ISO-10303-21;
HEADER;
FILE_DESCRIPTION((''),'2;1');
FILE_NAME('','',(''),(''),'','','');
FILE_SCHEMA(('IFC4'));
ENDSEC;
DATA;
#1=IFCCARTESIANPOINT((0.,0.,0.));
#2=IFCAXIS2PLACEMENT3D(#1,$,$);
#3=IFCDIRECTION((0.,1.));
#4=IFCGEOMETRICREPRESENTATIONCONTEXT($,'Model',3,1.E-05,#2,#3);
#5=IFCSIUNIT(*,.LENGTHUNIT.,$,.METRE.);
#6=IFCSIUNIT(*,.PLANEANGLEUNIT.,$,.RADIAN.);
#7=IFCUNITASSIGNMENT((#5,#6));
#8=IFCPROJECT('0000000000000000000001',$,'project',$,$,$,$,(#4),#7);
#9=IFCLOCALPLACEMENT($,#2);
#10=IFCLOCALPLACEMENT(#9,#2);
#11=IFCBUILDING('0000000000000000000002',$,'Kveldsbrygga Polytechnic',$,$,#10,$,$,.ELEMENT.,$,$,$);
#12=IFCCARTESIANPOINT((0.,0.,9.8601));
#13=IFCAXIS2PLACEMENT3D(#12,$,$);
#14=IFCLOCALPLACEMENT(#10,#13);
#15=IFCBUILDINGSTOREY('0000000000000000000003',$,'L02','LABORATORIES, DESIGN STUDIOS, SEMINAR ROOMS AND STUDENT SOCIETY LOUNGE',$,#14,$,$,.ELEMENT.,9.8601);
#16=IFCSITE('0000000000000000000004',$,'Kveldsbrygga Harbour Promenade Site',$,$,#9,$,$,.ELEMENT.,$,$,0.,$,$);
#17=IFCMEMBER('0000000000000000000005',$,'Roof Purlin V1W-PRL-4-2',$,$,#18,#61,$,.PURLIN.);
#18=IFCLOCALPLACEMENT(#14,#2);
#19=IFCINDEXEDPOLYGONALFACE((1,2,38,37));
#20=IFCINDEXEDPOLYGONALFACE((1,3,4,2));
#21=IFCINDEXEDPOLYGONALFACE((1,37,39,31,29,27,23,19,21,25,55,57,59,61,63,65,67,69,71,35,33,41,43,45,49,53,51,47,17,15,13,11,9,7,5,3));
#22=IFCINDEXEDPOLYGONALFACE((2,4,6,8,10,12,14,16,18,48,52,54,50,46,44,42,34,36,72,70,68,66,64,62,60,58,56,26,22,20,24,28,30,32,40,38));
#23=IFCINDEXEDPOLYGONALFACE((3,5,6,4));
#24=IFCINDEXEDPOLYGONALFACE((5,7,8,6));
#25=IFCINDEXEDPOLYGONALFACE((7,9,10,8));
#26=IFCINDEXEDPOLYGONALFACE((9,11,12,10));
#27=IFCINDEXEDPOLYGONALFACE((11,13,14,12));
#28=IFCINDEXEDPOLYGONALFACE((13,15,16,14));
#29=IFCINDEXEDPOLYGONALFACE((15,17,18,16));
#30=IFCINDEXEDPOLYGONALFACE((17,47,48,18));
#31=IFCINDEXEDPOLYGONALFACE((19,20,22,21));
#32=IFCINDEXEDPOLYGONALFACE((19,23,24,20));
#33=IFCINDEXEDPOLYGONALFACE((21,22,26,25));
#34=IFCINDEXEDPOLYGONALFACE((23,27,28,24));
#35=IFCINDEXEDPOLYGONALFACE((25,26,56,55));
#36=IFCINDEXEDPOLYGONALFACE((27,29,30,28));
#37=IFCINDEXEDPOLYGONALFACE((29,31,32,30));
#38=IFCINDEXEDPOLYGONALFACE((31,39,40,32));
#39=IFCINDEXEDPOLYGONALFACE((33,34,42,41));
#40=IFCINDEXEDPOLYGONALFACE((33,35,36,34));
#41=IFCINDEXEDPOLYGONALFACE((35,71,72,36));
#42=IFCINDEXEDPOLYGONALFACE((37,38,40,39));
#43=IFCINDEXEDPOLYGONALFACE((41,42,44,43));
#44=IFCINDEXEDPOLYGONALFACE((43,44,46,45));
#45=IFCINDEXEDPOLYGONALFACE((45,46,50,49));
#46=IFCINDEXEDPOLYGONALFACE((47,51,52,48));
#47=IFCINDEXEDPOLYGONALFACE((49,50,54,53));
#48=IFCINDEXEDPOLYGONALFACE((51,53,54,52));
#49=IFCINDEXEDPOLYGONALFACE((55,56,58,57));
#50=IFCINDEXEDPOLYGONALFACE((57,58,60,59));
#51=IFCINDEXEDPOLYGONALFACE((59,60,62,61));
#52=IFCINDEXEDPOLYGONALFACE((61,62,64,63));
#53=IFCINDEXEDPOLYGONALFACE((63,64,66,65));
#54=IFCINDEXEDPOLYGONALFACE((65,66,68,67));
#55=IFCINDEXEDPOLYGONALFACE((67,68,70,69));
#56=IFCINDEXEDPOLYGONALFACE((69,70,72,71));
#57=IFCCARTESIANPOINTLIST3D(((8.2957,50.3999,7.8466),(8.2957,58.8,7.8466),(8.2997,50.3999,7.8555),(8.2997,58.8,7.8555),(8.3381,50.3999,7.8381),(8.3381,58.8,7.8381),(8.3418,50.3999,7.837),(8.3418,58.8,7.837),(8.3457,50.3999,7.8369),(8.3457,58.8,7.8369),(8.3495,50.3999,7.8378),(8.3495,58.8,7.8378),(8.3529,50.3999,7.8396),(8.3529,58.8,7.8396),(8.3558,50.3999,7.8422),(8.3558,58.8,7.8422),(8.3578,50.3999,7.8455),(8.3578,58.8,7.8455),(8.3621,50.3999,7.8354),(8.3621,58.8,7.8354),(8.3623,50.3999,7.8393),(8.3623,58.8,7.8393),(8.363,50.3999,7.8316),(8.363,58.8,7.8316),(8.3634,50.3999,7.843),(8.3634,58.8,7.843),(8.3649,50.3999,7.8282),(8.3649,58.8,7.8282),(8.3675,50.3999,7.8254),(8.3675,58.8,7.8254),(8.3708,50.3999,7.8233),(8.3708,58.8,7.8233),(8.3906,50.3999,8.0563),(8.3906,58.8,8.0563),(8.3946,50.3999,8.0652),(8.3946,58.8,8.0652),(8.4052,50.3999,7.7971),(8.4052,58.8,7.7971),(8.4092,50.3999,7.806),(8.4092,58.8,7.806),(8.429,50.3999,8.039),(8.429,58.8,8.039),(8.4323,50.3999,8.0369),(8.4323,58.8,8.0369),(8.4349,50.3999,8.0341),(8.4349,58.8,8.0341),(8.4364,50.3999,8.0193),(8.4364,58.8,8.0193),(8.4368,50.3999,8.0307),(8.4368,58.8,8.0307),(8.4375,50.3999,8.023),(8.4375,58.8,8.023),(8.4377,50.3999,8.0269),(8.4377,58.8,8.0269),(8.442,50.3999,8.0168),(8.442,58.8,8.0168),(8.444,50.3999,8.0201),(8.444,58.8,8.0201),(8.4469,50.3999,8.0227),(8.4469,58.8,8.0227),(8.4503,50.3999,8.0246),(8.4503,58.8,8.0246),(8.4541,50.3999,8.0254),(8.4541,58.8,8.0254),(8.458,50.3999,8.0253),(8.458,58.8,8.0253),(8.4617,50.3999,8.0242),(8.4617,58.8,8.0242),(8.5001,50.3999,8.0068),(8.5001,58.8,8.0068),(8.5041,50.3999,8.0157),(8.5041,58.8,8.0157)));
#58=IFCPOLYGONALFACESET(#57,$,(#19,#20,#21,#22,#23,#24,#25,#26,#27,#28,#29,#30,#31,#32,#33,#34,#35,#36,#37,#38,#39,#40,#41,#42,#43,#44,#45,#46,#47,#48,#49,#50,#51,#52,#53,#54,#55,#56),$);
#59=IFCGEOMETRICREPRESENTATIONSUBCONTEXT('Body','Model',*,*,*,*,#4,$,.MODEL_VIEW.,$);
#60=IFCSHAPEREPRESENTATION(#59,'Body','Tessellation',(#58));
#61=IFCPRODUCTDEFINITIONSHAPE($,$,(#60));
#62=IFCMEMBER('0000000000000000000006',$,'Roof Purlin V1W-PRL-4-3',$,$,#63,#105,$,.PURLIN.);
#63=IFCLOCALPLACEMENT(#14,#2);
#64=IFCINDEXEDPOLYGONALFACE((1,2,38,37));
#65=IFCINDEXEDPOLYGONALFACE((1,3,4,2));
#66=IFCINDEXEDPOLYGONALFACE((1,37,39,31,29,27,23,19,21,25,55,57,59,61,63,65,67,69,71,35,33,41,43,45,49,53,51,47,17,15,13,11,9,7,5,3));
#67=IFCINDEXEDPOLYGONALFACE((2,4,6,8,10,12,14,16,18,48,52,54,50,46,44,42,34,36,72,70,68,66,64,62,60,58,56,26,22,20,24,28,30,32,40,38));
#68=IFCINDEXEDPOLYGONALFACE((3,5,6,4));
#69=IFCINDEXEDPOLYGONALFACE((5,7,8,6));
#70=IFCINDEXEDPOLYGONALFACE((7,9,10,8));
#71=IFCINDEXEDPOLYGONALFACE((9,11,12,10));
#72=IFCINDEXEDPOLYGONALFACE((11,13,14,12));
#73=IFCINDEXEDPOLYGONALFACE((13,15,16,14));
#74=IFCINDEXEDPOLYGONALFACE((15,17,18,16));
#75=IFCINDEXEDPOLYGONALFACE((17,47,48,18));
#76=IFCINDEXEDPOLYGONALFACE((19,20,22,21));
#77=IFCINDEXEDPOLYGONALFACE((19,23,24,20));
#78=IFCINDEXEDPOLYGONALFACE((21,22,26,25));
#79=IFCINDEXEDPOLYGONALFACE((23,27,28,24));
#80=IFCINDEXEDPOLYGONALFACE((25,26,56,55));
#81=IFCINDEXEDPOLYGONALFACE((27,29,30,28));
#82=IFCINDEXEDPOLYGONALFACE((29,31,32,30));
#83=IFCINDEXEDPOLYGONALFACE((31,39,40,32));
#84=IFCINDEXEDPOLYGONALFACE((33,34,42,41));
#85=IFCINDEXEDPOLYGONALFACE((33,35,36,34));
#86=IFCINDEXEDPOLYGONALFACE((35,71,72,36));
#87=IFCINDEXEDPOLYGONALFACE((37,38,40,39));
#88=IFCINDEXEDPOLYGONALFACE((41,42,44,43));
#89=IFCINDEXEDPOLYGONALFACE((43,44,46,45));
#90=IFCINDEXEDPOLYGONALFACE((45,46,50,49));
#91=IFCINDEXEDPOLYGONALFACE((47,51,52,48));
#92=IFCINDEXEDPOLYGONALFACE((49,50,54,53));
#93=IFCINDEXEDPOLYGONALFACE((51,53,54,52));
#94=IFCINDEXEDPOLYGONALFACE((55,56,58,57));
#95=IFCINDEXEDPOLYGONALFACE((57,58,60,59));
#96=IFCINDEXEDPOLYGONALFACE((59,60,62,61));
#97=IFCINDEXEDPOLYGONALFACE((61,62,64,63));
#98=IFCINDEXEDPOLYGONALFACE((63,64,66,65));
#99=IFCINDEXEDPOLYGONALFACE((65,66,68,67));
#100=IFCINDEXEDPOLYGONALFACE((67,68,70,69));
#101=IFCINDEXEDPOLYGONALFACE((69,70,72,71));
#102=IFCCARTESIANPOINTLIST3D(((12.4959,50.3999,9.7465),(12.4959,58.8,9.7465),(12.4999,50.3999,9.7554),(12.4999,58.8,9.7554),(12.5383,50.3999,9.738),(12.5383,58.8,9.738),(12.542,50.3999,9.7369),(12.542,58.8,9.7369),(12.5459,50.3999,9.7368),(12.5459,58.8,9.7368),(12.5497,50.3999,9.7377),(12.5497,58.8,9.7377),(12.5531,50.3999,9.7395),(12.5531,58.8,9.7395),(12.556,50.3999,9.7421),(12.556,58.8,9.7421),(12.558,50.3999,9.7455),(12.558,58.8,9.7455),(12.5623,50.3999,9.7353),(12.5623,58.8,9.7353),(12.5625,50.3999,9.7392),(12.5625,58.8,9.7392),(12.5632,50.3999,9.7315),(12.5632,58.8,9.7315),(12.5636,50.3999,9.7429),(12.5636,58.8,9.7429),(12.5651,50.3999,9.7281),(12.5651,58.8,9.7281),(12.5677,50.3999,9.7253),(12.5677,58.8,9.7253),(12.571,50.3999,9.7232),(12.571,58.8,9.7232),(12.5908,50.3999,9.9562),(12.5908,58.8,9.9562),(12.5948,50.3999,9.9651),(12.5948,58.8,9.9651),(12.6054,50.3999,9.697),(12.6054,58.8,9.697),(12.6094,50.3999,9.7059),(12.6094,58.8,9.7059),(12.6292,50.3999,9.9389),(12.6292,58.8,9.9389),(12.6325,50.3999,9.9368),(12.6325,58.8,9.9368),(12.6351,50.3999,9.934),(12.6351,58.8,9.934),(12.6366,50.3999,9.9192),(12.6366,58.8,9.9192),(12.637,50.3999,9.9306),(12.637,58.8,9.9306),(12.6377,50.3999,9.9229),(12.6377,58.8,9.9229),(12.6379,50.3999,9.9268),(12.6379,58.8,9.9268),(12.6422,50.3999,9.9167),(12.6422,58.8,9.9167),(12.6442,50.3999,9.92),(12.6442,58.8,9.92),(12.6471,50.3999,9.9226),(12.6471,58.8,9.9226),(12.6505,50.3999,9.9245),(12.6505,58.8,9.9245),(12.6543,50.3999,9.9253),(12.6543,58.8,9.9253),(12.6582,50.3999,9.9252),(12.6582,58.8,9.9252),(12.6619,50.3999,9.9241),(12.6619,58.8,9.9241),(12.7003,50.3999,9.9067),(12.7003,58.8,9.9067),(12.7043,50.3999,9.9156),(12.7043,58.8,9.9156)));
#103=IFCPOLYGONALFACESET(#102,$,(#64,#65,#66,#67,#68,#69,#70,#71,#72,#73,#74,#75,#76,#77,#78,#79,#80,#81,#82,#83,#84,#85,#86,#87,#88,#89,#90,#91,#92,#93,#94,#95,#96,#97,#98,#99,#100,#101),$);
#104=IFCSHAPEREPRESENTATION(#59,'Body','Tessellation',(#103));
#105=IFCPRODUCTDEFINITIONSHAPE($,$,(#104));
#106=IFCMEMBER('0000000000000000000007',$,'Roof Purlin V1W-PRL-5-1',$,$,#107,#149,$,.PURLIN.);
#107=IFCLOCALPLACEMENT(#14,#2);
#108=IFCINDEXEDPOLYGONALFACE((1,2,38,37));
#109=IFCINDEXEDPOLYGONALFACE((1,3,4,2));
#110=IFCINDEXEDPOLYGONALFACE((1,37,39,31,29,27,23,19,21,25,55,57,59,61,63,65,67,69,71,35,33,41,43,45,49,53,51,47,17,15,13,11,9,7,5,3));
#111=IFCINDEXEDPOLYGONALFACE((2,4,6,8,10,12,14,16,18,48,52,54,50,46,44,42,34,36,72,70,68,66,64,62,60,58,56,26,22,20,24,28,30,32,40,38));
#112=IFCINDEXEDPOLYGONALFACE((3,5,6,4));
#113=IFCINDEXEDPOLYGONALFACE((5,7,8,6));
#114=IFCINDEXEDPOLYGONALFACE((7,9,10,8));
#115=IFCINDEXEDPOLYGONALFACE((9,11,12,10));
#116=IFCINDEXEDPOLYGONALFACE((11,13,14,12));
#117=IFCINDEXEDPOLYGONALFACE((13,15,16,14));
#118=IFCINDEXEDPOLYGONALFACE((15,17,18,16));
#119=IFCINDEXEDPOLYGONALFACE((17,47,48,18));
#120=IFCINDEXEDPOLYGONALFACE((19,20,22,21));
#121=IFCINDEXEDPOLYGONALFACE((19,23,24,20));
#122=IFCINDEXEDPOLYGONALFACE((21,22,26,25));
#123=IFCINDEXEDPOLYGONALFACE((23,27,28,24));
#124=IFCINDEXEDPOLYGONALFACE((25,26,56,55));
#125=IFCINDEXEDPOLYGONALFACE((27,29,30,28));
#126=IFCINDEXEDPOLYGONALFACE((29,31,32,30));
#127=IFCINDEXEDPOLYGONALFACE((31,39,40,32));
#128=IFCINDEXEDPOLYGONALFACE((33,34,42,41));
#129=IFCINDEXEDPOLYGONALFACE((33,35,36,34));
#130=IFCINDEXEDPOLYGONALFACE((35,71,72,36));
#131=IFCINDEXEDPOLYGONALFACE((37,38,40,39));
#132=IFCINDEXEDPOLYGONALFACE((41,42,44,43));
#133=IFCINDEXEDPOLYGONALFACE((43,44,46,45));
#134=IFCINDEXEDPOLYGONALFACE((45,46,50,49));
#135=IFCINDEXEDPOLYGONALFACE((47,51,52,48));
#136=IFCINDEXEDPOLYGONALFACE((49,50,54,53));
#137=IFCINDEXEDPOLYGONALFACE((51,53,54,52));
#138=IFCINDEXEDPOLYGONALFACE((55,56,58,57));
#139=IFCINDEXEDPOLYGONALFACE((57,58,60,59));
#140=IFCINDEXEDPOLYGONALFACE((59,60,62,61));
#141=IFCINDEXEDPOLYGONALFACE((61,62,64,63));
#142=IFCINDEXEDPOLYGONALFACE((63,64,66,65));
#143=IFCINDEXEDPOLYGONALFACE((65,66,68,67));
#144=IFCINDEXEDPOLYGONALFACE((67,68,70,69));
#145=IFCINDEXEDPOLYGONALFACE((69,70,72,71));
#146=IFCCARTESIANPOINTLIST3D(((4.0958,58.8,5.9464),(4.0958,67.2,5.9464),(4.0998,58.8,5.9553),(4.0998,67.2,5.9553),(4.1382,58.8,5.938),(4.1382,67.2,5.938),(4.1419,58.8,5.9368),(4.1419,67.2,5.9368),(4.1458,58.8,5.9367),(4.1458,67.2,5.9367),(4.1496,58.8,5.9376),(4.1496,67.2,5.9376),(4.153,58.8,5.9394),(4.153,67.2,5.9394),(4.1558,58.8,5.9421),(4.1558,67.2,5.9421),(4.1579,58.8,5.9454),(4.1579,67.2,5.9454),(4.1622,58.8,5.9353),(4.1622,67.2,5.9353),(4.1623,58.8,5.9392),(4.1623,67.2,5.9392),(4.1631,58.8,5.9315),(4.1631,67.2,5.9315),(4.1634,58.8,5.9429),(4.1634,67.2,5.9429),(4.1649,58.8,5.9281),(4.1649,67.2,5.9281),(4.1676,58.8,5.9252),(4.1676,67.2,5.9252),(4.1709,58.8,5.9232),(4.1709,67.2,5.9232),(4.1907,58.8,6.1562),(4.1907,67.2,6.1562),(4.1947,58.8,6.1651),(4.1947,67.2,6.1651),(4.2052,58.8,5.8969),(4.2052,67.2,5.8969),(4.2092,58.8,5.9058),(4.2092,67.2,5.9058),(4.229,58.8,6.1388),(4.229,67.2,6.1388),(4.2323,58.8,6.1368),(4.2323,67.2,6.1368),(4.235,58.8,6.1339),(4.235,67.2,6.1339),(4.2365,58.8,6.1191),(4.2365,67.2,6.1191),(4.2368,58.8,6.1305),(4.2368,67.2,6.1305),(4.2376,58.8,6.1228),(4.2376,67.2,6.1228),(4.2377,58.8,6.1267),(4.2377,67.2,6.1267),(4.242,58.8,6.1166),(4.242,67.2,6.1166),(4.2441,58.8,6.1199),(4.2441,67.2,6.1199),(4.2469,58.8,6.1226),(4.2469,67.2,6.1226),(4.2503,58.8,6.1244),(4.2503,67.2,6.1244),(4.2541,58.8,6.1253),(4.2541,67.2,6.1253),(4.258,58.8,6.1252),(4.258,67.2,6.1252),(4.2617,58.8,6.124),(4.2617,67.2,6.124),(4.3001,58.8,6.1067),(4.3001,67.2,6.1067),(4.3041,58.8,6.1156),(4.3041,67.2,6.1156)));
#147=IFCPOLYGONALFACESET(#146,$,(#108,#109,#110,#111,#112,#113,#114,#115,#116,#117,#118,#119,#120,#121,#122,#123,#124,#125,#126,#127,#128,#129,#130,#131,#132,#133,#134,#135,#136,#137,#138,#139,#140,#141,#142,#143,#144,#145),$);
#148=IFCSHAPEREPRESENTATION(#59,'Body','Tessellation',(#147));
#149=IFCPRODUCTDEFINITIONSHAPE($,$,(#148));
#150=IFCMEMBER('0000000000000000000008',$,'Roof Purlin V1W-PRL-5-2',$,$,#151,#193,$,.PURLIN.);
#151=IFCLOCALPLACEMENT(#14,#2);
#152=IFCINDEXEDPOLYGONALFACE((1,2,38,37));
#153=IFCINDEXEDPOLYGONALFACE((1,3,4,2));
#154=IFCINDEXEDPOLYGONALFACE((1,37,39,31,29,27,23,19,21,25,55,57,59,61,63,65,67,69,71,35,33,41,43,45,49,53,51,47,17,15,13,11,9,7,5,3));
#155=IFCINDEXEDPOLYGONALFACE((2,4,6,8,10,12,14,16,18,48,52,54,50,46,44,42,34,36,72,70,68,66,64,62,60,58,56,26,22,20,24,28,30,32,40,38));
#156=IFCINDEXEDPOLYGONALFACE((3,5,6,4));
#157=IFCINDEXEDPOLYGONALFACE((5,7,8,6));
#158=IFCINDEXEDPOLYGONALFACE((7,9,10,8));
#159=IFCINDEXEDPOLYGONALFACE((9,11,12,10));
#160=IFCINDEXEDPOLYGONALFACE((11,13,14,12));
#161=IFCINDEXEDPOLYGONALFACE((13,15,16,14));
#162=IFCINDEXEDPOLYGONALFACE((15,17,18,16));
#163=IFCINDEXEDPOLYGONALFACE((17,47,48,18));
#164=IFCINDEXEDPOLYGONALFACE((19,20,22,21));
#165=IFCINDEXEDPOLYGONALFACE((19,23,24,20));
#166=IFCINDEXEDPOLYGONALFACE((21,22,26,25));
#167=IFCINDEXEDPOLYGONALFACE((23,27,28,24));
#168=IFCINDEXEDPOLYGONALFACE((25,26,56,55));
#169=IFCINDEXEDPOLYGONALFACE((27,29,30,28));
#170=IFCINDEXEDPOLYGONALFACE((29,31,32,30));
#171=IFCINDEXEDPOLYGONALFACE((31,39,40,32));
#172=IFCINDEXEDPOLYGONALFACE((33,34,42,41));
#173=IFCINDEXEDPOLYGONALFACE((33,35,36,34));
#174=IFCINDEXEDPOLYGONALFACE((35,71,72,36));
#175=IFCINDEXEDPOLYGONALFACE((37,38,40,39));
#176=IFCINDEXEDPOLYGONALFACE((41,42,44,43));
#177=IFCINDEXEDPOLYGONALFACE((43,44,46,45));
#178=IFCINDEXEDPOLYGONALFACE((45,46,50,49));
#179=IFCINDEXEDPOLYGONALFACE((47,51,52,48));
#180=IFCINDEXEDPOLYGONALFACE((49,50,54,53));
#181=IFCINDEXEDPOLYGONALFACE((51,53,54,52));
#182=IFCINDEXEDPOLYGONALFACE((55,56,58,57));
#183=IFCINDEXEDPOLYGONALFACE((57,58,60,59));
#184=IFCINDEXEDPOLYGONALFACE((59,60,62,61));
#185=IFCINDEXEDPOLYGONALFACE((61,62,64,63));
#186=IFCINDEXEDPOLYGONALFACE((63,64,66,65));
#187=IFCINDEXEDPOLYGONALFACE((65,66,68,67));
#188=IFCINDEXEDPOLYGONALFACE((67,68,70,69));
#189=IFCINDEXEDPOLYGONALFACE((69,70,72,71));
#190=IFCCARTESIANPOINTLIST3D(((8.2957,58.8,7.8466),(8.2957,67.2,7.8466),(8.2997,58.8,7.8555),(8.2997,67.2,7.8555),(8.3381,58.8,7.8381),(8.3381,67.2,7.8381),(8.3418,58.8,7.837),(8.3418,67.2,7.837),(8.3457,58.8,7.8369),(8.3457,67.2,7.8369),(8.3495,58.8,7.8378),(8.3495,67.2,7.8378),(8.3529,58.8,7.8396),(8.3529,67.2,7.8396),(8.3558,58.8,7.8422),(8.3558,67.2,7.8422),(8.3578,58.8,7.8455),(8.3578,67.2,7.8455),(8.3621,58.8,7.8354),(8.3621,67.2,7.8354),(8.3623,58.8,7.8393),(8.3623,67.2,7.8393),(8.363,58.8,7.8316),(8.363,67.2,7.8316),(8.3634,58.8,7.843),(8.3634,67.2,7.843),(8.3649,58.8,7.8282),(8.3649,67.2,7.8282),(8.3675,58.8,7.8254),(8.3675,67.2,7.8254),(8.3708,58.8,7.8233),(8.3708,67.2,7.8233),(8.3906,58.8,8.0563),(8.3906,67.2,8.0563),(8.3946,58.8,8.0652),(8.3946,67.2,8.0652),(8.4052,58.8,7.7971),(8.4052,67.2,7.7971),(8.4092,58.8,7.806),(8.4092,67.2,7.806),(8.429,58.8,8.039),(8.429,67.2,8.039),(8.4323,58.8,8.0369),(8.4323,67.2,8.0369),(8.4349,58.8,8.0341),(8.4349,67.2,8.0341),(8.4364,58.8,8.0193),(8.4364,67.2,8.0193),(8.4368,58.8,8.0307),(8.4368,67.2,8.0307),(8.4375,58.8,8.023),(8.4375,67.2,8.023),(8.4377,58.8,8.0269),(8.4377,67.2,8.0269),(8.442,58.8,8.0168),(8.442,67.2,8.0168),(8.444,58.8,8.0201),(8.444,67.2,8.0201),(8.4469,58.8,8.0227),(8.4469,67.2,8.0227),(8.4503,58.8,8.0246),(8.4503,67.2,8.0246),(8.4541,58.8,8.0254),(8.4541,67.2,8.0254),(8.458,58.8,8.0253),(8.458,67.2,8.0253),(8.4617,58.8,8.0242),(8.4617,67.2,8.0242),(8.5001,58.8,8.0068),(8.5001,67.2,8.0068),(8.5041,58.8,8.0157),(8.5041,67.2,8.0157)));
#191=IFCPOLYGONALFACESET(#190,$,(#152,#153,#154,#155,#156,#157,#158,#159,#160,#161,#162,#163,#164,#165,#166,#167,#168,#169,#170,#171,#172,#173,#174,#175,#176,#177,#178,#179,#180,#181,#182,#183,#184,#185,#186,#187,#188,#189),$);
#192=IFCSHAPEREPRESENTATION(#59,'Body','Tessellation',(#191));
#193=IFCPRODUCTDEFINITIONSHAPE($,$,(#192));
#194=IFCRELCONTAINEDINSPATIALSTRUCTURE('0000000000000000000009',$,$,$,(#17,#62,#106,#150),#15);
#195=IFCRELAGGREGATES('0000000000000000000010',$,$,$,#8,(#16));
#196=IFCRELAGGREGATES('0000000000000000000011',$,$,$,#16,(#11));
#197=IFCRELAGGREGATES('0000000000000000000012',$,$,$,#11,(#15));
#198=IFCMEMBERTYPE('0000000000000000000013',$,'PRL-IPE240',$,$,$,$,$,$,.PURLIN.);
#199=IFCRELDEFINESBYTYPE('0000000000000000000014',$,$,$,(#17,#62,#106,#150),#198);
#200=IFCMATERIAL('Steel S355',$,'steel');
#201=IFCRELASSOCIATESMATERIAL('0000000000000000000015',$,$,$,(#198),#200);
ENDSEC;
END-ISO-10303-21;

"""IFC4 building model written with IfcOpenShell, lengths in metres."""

from ifc_helpers import new_model, si_unit, direction, frame, origin, origin_2d, place, context, subcontext, project, spatial, i_section, extrude, material, material_profile, profile_set, type_object, element, save


model = new_model("IFC4")

# Units and contexts
model_context = context("Model", 3, precision=1e-05, world=origin(), true_north=direction((0.0, 1.0)))
body_context = subcontext(model_context, "Body", "Model", "MODEL_VIEW")
ifc_project = project(units=[si_unit("LENGTHUNIT", "METRE"), si_unit("PLANEANGLEUNIT", "RADIAN")], contexts=[model_context])

# Site, building, storey
site_placement = place(None, origin())
site = spatial("IfcSite", under=ifc_project, at=site_placement, Name="Kveldsbrygga Harbour Promenade Site", CompositionType="ELEMENT", RefElevation=0.0)
building_placement = place(site_placement, origin())
building = spatial("IfcBuilding", under=site, at=building_placement, Name="Kveldsbrygga Polytechnic", CompositionType="ELEMENT")
storey_placement = place(building_placement, frame((0.0, 0.0, 9.8601)))
storey = spatial("IfcBuildingStorey", under=building, at=storey_placement, Name="L02", Description="LABORATORIES, DESIGN STUDIOS, SEMINAR ROOMS AND STUDENT SOCIETY LOUNGE", CompositionType="ELEMENT", Elevation=9.8601)

# Members
ifc_material = material(Name="Steel S355", Category="steel")
ifc_material_profile_1 = material_profile(ifc_material, i_section(OverallWidth=0.1201, OverallDepth=0.24, WebThickness=0.0061, FlangeThickness=0.0098, FilletRadius=0.0149, at=origin_2d()), Name="IPE 240")
ifc_profile_set_1 = profile_set([ifc_material_profile_1], Name="Steel S355")
member_type_1 = type_object("IfcMemberType", Name="PRL-IPE240", PredefinedType="PURLIN", material=ifc_profile_set_1)
for number, where, z_axis, x_axis, name in (
    (1, (8.3999, 50.3999, 7.9312), (0.0, 1.0, 0.0), (-0.911108, 0.0, 0.412168), "Roof Purlin V1W-PRL-4-2"),
    (2, (12.6001, 50.3999, 9.8311), (0.0, 1.0, 0.0), (-0.911108, 0.0, 0.412168), "Roof Purlin V1W-PRL-4-3"),
):
    element("IfcMember", number, at=place(storey_placement, frame(where, z_axis=z_axis, x_axis=x_axis)), inside=storey, type_object=member_type_1, Name=name, PredefinedType="PURLIN", context=body_context, shape_type="SweptSolid", body=[
        extrude(i_section(OverallWidth=0.1201, OverallDepth=0.24, WebThickness=0.0061, FlangeThickness=0.0098, FilletRadius=0.0149, at=origin_2d()), origin(), (0.0, 0.0, 1.0), 8.4001),
    ])
for number, where, z_axis, x_axis, name in (
    (3, (4.2, 58.8, 6.031), (0.0, 1.0, 0.0), (-0.911108, 0.0, 0.412168), "Roof Purlin V1W-PRL-5-1"),
    (4, (8.3999, 58.8, 7.9312), (0.0, 1.0, 0.0), (-0.911108, 0.0, 0.412168), "Roof Purlin V1W-PRL-5-2"),
):
    element("IfcMember", number, at=place(storey_placement, frame(where, z_axis=z_axis, x_axis=x_axis)), inside=storey, type_object=member_type_1, Name=name, PredefinedType="PURLIN", context=body_context, shape_type="SweptSolid", body=[
        extrude(i_section(OverallWidth=0.1201, OverallDepth=0.24, WebThickness=0.0061, FlangeThickness=0.0098, FilletRadius=0.0149, at=origin_2d()), origin(), (0.0, 0.0, 1.0), 8.3999),
    ])

save(model, "model.ifc")
